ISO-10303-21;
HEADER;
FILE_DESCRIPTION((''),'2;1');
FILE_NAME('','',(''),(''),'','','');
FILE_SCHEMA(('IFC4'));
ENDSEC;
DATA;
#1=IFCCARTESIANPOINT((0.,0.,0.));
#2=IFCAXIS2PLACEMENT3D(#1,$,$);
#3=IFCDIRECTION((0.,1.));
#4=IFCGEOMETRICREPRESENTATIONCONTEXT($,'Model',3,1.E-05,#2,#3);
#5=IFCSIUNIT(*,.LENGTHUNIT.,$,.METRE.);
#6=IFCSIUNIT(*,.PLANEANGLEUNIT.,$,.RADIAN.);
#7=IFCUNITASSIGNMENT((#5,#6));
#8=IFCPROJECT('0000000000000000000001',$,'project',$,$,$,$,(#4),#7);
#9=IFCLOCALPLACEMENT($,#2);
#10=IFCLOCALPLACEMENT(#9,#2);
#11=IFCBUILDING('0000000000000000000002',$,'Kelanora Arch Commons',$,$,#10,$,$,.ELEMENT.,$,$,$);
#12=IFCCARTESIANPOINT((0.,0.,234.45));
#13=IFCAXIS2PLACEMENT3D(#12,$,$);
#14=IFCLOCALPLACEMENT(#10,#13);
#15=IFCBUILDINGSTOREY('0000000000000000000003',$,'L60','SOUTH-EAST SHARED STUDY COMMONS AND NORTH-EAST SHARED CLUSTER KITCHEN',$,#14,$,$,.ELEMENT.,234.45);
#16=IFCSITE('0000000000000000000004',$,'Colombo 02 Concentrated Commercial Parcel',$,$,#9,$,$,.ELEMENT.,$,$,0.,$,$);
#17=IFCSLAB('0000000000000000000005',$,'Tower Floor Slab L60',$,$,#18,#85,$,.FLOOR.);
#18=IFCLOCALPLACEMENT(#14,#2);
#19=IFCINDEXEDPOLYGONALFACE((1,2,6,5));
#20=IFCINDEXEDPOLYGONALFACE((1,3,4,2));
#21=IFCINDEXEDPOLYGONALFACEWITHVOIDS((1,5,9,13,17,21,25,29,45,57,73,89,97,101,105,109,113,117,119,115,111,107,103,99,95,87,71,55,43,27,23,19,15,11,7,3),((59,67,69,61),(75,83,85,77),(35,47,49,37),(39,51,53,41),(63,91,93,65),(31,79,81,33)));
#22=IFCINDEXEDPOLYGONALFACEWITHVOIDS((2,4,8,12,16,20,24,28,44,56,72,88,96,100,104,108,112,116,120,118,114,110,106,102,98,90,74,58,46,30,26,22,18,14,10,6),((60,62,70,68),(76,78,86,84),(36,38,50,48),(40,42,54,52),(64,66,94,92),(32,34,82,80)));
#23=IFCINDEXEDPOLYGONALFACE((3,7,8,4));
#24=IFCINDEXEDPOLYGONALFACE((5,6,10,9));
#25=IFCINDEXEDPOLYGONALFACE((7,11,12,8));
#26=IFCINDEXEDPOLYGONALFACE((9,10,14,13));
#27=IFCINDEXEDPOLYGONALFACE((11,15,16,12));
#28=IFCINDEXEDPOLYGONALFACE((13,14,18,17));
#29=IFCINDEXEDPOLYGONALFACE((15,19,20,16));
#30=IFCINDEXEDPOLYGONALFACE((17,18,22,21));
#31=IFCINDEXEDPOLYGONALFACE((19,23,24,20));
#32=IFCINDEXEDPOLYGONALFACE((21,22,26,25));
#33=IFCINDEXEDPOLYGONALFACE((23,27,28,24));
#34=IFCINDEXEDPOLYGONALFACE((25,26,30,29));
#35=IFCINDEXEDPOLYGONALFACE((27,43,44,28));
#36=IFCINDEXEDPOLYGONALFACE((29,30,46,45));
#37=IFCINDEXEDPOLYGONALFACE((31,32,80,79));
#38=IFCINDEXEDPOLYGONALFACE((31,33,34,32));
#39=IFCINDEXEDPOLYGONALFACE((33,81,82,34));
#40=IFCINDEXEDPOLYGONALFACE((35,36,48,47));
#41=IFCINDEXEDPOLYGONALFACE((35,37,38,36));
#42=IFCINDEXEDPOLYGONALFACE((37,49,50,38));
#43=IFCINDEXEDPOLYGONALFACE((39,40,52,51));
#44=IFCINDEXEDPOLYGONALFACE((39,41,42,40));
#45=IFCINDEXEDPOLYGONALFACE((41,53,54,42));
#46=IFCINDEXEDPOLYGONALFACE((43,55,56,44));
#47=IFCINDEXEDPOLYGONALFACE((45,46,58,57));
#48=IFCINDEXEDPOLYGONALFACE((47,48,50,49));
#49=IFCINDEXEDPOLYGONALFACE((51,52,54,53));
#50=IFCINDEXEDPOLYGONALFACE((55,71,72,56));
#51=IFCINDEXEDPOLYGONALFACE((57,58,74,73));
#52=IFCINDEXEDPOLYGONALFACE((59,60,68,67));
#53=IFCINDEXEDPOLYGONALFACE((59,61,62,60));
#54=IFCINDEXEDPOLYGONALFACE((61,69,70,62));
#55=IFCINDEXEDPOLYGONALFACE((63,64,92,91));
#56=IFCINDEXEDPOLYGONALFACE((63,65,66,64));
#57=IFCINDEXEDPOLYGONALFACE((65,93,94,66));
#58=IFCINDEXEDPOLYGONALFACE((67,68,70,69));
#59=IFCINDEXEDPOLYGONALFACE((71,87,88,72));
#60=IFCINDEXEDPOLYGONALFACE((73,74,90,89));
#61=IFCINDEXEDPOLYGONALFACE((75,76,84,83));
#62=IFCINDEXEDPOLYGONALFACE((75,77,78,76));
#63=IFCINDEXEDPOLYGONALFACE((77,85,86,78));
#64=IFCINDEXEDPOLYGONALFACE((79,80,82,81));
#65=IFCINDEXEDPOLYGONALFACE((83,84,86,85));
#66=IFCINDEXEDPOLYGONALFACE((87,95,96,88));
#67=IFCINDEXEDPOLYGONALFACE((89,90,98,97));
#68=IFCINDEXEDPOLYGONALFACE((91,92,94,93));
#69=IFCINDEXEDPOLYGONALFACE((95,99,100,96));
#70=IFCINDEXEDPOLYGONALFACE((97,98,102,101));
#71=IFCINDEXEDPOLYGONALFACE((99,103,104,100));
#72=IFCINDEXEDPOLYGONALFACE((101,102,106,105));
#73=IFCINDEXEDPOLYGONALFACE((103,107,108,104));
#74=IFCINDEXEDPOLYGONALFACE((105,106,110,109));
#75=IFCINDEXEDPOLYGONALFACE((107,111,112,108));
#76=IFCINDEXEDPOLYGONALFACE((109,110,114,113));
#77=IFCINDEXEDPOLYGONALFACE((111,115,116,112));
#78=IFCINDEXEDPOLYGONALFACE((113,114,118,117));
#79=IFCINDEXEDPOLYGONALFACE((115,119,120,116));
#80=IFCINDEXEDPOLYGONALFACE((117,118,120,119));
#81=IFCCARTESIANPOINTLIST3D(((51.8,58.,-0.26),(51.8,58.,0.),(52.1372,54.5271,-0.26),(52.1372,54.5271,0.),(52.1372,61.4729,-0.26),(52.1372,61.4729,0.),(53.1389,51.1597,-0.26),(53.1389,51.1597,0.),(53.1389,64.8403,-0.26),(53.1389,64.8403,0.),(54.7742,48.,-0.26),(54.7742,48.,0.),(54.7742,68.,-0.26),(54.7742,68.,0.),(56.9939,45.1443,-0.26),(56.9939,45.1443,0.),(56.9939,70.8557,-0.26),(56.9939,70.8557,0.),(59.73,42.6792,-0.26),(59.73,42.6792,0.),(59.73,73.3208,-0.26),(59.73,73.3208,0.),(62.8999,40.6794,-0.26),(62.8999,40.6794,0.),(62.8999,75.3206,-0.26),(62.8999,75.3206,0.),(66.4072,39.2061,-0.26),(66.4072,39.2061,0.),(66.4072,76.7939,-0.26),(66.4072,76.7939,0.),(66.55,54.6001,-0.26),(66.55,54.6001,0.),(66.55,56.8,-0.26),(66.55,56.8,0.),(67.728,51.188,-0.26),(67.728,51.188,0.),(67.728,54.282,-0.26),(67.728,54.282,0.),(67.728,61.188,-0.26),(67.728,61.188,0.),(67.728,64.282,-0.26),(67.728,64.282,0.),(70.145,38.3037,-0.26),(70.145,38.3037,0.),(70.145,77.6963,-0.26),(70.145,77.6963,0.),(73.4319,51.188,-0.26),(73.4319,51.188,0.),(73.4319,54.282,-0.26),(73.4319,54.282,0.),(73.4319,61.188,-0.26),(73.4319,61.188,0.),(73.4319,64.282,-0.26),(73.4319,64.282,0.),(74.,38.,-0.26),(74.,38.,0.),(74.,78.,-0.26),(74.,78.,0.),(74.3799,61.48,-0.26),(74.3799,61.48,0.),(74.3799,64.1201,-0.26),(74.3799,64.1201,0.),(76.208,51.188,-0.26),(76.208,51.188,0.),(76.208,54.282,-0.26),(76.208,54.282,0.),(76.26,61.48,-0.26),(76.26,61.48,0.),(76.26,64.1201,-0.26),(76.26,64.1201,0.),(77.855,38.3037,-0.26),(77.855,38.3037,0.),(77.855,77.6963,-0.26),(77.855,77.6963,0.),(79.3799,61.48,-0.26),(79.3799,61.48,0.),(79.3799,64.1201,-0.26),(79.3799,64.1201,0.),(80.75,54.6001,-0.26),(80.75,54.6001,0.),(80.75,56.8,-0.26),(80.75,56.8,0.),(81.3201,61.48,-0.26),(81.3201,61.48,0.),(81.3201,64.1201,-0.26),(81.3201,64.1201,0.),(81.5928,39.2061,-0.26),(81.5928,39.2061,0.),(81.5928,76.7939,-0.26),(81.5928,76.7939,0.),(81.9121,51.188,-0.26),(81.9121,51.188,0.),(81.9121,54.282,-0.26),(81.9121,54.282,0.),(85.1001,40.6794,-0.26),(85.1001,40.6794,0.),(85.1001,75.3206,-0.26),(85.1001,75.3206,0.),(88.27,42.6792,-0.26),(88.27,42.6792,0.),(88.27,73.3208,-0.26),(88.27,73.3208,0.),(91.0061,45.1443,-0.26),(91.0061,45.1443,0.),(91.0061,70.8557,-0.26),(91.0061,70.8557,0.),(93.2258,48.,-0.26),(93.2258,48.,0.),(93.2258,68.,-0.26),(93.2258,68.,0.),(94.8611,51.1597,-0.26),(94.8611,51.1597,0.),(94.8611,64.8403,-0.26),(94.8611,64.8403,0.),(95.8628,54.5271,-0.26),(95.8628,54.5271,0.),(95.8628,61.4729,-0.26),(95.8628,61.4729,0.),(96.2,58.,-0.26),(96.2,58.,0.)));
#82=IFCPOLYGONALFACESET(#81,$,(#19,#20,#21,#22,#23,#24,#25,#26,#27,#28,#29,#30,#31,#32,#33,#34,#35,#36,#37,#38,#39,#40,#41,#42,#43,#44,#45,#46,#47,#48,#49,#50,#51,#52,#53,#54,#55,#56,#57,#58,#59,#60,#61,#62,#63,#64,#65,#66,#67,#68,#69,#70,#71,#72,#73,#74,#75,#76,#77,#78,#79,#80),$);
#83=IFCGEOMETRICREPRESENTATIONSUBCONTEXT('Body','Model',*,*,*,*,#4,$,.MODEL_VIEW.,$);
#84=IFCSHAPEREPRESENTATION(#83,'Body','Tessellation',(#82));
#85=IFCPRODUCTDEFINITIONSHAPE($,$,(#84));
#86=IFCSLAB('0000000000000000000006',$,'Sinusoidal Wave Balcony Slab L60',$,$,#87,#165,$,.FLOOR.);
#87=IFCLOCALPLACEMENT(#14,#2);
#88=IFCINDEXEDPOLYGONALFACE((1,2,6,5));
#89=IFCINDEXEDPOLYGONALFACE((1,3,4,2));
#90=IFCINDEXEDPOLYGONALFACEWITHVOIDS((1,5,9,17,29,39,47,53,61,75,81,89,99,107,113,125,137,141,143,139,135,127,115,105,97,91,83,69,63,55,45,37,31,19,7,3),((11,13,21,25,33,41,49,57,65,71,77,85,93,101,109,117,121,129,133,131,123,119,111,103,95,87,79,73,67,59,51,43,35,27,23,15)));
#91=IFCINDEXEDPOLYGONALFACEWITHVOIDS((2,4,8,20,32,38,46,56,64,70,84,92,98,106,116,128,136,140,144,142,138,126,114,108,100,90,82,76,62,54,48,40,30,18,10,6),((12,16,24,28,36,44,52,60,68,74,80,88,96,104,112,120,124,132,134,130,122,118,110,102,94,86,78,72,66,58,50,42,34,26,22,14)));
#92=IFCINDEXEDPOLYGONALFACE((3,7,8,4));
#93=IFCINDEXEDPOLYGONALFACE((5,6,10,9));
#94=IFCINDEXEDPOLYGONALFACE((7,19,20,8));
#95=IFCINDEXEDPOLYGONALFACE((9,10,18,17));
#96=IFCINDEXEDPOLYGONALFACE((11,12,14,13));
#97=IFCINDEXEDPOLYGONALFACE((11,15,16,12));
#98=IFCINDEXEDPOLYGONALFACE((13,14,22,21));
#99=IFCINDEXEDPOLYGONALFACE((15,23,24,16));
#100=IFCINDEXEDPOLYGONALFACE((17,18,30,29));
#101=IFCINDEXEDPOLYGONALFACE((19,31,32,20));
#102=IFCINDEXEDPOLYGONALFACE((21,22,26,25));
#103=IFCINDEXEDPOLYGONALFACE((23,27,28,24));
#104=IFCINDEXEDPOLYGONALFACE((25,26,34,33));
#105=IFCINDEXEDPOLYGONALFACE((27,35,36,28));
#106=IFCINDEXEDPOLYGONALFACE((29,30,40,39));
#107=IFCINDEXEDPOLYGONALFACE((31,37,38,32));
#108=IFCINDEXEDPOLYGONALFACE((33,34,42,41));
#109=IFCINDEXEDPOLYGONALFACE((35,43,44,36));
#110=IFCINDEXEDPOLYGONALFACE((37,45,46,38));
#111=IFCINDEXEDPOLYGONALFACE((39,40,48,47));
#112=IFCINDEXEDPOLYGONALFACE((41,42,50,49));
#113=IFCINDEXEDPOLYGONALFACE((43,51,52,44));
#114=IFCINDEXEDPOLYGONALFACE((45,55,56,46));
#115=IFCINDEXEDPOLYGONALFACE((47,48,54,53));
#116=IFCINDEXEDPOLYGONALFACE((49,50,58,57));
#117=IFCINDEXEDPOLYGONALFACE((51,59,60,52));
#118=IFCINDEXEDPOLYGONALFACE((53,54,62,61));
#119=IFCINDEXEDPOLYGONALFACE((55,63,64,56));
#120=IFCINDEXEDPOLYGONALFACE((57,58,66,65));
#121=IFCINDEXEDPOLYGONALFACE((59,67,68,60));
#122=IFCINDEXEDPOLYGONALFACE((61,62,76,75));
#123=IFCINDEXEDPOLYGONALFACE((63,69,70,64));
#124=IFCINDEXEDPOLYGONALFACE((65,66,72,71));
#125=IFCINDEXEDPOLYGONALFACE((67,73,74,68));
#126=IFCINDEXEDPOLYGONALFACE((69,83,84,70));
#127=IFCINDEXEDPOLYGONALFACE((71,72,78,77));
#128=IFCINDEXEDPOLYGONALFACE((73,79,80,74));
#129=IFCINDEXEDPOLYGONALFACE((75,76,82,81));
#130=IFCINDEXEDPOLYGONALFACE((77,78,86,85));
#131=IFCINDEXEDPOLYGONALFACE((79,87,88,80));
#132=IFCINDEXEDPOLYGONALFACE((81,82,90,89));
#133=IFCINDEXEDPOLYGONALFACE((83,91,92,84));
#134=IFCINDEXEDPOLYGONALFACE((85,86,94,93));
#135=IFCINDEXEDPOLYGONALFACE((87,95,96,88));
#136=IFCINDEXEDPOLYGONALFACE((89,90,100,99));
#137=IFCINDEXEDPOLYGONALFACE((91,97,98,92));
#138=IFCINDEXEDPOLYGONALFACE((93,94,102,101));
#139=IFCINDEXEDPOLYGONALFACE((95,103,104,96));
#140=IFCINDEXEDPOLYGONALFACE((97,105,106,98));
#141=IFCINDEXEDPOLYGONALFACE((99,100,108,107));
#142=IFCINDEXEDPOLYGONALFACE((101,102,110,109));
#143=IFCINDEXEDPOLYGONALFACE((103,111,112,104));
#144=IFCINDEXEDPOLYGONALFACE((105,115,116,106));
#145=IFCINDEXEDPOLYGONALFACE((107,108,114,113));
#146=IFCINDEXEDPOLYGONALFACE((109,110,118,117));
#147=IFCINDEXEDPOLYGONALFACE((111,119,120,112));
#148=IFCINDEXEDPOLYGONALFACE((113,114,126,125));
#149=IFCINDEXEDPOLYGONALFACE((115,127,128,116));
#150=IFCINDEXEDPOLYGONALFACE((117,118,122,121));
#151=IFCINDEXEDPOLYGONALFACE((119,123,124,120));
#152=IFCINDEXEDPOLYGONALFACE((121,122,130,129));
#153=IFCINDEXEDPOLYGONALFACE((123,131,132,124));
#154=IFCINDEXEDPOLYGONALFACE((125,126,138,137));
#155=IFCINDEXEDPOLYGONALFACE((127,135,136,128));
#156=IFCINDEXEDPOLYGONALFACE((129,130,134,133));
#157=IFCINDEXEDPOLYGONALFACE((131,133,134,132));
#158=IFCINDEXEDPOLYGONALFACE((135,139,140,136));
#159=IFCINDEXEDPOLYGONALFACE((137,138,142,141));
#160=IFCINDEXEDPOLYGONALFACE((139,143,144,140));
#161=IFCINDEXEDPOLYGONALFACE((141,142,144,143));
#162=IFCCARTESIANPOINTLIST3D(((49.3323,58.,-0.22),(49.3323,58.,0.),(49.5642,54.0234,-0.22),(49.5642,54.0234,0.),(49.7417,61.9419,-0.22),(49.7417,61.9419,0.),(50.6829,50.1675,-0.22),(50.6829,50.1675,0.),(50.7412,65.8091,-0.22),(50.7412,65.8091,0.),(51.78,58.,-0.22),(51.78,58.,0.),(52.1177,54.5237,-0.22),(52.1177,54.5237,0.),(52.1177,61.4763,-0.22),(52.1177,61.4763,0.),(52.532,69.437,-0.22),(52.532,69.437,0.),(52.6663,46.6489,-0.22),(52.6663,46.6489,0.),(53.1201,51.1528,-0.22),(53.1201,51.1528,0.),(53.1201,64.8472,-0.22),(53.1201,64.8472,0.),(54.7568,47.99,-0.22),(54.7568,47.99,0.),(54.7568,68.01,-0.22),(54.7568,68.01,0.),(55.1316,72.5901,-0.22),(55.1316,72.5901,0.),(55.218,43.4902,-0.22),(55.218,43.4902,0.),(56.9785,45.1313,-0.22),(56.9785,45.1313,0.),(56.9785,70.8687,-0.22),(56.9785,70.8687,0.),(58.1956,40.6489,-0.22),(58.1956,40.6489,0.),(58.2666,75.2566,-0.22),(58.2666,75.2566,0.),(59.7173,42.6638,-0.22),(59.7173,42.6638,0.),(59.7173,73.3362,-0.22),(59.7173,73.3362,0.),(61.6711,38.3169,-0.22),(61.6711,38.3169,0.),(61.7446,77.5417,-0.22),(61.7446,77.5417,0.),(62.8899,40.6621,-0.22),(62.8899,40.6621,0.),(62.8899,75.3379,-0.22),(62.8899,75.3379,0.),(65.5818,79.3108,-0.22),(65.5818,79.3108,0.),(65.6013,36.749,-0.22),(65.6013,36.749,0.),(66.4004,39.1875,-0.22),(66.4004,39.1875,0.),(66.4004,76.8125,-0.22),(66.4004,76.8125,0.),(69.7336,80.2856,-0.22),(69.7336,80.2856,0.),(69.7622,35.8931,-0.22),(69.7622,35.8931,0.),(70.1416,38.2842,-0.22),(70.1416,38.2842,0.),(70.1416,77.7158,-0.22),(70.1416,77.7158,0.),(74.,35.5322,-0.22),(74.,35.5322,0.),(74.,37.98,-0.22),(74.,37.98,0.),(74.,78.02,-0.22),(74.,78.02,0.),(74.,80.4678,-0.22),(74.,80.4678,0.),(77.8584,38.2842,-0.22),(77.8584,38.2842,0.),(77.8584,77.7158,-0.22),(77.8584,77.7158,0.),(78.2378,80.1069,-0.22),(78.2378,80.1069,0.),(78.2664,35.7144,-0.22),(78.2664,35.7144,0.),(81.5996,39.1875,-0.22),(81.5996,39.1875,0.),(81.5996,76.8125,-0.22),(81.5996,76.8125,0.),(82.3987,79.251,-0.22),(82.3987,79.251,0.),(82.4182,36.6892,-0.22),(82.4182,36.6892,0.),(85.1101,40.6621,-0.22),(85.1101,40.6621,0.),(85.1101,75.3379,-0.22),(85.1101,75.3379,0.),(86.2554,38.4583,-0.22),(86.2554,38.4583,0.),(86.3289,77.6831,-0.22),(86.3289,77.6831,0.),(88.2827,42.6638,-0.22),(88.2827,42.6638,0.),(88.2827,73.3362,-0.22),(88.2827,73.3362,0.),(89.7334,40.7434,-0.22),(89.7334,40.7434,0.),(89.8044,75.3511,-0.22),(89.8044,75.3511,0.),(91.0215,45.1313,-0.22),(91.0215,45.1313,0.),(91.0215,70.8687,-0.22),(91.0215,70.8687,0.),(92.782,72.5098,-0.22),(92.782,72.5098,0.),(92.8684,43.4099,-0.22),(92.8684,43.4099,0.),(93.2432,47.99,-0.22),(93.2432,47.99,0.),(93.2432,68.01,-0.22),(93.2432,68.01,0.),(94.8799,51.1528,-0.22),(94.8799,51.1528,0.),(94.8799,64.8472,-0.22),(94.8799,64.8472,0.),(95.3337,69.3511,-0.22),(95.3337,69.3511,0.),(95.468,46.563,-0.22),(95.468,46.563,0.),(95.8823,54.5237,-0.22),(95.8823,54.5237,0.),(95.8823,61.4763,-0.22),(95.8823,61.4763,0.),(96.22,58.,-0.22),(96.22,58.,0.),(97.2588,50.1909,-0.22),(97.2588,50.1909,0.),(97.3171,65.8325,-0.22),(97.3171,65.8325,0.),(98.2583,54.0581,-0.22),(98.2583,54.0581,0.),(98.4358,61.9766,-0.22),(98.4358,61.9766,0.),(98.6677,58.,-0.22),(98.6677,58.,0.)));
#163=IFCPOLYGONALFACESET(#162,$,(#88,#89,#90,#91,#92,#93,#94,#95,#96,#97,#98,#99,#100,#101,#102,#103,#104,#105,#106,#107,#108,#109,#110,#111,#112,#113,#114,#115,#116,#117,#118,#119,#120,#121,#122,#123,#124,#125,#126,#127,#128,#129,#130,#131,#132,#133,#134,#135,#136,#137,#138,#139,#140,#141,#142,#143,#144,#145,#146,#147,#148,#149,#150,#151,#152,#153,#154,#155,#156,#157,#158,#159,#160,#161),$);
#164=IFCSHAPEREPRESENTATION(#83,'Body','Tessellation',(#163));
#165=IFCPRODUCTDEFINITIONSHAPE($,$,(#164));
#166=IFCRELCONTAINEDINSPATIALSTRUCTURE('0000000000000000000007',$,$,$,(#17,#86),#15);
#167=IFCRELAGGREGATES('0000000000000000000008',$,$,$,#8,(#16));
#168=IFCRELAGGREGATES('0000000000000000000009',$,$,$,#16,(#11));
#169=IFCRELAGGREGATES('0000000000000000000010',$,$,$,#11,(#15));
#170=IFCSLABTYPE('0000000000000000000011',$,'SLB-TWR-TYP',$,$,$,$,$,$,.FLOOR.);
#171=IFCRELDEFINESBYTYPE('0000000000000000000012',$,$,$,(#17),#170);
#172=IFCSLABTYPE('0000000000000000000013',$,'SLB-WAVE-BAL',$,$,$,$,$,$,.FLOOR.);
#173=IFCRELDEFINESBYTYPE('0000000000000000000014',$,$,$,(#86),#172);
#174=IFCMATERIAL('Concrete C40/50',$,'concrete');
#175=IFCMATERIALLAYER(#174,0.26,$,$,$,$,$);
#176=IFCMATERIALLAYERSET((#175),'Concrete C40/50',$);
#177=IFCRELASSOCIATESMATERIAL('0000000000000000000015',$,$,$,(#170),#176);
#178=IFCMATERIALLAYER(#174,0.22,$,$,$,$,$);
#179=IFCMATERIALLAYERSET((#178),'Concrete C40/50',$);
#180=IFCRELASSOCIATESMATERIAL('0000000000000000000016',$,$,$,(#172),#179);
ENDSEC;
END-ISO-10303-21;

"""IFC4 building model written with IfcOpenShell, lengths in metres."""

from ifc_helpers import new_model, si_unit, direction, frame, origin, place, context, subcontext, project, spatial, polyline, outline, extrude, material, layer, layer_set, type_object, element, save


model = new_model("IFC4")

# Units and contexts
model_context = context("Model", 3, precision=1e-05, world=origin(), true_north=direction((0.0, 1.0)))
body_context = subcontext(model_context, "Body", "Model", "MODEL_VIEW")
ifc_project = project(units=[si_unit("LENGTHUNIT", "METRE"), si_unit("PLANEANGLEUNIT", "RADIAN")], contexts=[model_context])

# Site, building, storey
site_placement = place(None, origin())
site = spatial("IfcSite", under=ifc_project, at=site_placement, Name="Colombo 02 Concentrated Commercial Parcel", CompositionType="ELEMENT", RefElevation=0.0)
building_placement = place(site_placement, origin())
building = spatial("IfcBuilding", under=site, at=building_placement, Name="Kelanora Arch Commons", CompositionType="ELEMENT")
storey_placement = place(building_placement, frame((0.0, 0.0, 234.45)))
storey = spatial("IfcBuildingStorey", under=building, at=storey_placement, Name="L60", Description="SOUTH-EAST SHARED STUDY COMMONS AND NORTH-EAST SHARED CLUSTER KITCHEN", CompositionType="ELEMENT", Elevation=234.45)

# Shared definitions
ifc_material_1 = material(Name="Concrete C40/50", Category="concrete")

# Slabs
ifc_layer_1 = layer(ifc_material_1, 0.26)
ifc_layer_set_1 = layer_set([ifc_layer_1], Name="Concrete C40/50")
slab_type_1 = type_object("IfcSlabType", Name="SLB-TWR-TYP", PredefinedType="FLOOR", material=ifc_layer_set_1)
slab_1_placement = place(storey_placement, frame((0.0, 0.0, -0.26)))
element("IfcSlab", 1, at=slab_1_placement, inside=storey, type_object=slab_type_1, Name="Tower Floor Slab L60", PredefinedType="FLOOR", context=body_context, shape_type="SweptSolid", body=[
    extrude(outline(polyline([(96.2, 58.0), (95.8628, 61.4729), (94.8611, 64.8403), (93.2258, 68.0), (91.0061, 70.8557), (88.27, 73.3208), (85.1001, 75.3206), (81.5928, 76.7939), (77.855, 77.6963), (74.0, 78.0), (70.145, 77.6963), (66.4072, 76.7939), (62.8999, 75.3206), (59.73, 73.3208), (56.9939, 70.8557), (54.7742, 68.0), (53.1389, 64.8403), (52.1372, 61.4729), (51.8, 58.0), (52.1372, 54.5271), (53.1389, 51.1597), (54.7742, 48.0), (56.9939, 45.1443), (59.73, 42.6792), (62.8999, 40.6794), (66.4072, 39.2061), (70.145, 38.3037), (74.0, 38.0), (77.855, 38.3037), (81.5928, 39.2061), (85.1001, 40.6794), (88.27, 42.6792), (91.0061, 45.1443), (93.2258, 48.0), (94.8611, 51.1597), (95.8628, 54.5271), (96.2, 58.0)]), holes=[polyline([(73.4319, 51.188), (67.728, 51.188), (67.728, 54.282), (73.4319, 54.282), (73.4319, 51.188)]), polyline([(76.208, 51.188), (76.208, 54.282), (81.9121, 54.282), (81.9121, 51.188), (76.208, 51.188)]), polyline([(66.55, 54.6001), (66.55, 56.8), (80.75, 56.8), (80.75, 54.6001), (66.55, 54.6001)]), polyline([(73.4319, 61.188), (67.728, 61.188), (67.728, 64.282), (73.4319, 64.282), (73.4319, 61.188)]), polyline([(74.3799, 61.48), (74.3799, 64.1201), (76.26, 64.1201), (76.26, 61.48), (74.3799, 61.48)]), polyline([(79.3799, 61.48), (79.3799, 64.1201), (81.3201, 64.1201), (81.3201, 61.48), (79.3799, 61.48)])]), origin(), (0.0, 0.0, 1.0), 0.26),
])
ifc_layer_2 = layer(ifc_material_1, 0.22)
ifc_layer_set_2 = layer_set([ifc_layer_2], Name="Concrete C40/50")
slab_type_2 = type_object("IfcSlabType", Name="SLB-WAVE-BAL", PredefinedType="FLOOR", material=ifc_layer_set_2)
slab_2_placement = place(storey_placement, frame((0.0, 0.0, -0.22)))
element("IfcSlab", 2, at=slab_2_placement, inside=storey, type_object=slab_type_2, Name="Sinusoidal Wave Balcony Slab L60", PredefinedType="FLOOR", context=body_context, shape_type="SweptSolid", body=[
    extrude(outline(polyline([(98.6677, 58.0), (98.4358, 61.9766), (97.3171, 65.8325), (95.3337, 69.3511), (92.782, 72.5098), (89.8044, 75.3511), (86.3289, 77.6831), (82.3987, 79.251), (78.2378, 80.1069), (74.0, 80.4678), (69.7336, 80.2856), (65.5818, 79.3108), (61.7446, 77.5417), (58.2666, 75.2566), (55.1316, 72.5901), (52.532, 69.437), (50.7412, 65.8091), (49.7417, 61.9419), (49.3323, 58.0), (49.5642, 54.0234), (50.6829, 50.1675), (52.6663, 46.6489), (55.218, 43.4902), (58.1956, 40.6489), (61.6711, 38.3169), (65.6013, 36.749), (69.7622, 35.8931), (74.0, 35.5322), (78.2664, 35.7144), (82.4182, 36.6892), (86.2554, 38.4583), (89.7334, 40.7434), (92.8684, 43.4099), (95.468, 46.563), (97.2588, 50.1909), (98.2583, 54.0581), (98.6677, 58.0)]), holes=[polyline([(95.8823, 54.5237), (94.8799, 51.1528), (93.2432, 47.99), (91.0215, 45.1313), (88.2827, 42.6638), (85.1101, 40.6621), (81.5996, 39.1875), (77.8584, 38.2842), (74.0, 37.98), (70.1416, 38.2842), (66.4004, 39.1875), (62.8899, 40.6621), (59.7173, 42.6638), (56.9785, 45.1313), (54.7568, 47.99), (53.1201, 51.1528), (52.1177, 54.5237), (51.78, 58.0), (52.1177, 61.4763), (53.1201, 64.8472), (54.7568, 68.01), (56.9785, 70.8687), (59.7173, 73.3362), (62.8899, 75.3379), (66.4004, 76.8125), (70.1416, 77.7158), (74.0, 78.02), (77.8584, 77.7158), (81.5996, 76.8125), (85.1101, 75.3379), (88.2827, 73.3362), (91.0215, 70.8687), (93.2432, 68.01), (94.8799, 64.8472), (95.8823, 61.4763), (96.22, 58.0), (95.8823, 54.5237)])]), origin(), (0.0, 0.0, 1.0), 0.22),
])

save(model, "model.ifc")
